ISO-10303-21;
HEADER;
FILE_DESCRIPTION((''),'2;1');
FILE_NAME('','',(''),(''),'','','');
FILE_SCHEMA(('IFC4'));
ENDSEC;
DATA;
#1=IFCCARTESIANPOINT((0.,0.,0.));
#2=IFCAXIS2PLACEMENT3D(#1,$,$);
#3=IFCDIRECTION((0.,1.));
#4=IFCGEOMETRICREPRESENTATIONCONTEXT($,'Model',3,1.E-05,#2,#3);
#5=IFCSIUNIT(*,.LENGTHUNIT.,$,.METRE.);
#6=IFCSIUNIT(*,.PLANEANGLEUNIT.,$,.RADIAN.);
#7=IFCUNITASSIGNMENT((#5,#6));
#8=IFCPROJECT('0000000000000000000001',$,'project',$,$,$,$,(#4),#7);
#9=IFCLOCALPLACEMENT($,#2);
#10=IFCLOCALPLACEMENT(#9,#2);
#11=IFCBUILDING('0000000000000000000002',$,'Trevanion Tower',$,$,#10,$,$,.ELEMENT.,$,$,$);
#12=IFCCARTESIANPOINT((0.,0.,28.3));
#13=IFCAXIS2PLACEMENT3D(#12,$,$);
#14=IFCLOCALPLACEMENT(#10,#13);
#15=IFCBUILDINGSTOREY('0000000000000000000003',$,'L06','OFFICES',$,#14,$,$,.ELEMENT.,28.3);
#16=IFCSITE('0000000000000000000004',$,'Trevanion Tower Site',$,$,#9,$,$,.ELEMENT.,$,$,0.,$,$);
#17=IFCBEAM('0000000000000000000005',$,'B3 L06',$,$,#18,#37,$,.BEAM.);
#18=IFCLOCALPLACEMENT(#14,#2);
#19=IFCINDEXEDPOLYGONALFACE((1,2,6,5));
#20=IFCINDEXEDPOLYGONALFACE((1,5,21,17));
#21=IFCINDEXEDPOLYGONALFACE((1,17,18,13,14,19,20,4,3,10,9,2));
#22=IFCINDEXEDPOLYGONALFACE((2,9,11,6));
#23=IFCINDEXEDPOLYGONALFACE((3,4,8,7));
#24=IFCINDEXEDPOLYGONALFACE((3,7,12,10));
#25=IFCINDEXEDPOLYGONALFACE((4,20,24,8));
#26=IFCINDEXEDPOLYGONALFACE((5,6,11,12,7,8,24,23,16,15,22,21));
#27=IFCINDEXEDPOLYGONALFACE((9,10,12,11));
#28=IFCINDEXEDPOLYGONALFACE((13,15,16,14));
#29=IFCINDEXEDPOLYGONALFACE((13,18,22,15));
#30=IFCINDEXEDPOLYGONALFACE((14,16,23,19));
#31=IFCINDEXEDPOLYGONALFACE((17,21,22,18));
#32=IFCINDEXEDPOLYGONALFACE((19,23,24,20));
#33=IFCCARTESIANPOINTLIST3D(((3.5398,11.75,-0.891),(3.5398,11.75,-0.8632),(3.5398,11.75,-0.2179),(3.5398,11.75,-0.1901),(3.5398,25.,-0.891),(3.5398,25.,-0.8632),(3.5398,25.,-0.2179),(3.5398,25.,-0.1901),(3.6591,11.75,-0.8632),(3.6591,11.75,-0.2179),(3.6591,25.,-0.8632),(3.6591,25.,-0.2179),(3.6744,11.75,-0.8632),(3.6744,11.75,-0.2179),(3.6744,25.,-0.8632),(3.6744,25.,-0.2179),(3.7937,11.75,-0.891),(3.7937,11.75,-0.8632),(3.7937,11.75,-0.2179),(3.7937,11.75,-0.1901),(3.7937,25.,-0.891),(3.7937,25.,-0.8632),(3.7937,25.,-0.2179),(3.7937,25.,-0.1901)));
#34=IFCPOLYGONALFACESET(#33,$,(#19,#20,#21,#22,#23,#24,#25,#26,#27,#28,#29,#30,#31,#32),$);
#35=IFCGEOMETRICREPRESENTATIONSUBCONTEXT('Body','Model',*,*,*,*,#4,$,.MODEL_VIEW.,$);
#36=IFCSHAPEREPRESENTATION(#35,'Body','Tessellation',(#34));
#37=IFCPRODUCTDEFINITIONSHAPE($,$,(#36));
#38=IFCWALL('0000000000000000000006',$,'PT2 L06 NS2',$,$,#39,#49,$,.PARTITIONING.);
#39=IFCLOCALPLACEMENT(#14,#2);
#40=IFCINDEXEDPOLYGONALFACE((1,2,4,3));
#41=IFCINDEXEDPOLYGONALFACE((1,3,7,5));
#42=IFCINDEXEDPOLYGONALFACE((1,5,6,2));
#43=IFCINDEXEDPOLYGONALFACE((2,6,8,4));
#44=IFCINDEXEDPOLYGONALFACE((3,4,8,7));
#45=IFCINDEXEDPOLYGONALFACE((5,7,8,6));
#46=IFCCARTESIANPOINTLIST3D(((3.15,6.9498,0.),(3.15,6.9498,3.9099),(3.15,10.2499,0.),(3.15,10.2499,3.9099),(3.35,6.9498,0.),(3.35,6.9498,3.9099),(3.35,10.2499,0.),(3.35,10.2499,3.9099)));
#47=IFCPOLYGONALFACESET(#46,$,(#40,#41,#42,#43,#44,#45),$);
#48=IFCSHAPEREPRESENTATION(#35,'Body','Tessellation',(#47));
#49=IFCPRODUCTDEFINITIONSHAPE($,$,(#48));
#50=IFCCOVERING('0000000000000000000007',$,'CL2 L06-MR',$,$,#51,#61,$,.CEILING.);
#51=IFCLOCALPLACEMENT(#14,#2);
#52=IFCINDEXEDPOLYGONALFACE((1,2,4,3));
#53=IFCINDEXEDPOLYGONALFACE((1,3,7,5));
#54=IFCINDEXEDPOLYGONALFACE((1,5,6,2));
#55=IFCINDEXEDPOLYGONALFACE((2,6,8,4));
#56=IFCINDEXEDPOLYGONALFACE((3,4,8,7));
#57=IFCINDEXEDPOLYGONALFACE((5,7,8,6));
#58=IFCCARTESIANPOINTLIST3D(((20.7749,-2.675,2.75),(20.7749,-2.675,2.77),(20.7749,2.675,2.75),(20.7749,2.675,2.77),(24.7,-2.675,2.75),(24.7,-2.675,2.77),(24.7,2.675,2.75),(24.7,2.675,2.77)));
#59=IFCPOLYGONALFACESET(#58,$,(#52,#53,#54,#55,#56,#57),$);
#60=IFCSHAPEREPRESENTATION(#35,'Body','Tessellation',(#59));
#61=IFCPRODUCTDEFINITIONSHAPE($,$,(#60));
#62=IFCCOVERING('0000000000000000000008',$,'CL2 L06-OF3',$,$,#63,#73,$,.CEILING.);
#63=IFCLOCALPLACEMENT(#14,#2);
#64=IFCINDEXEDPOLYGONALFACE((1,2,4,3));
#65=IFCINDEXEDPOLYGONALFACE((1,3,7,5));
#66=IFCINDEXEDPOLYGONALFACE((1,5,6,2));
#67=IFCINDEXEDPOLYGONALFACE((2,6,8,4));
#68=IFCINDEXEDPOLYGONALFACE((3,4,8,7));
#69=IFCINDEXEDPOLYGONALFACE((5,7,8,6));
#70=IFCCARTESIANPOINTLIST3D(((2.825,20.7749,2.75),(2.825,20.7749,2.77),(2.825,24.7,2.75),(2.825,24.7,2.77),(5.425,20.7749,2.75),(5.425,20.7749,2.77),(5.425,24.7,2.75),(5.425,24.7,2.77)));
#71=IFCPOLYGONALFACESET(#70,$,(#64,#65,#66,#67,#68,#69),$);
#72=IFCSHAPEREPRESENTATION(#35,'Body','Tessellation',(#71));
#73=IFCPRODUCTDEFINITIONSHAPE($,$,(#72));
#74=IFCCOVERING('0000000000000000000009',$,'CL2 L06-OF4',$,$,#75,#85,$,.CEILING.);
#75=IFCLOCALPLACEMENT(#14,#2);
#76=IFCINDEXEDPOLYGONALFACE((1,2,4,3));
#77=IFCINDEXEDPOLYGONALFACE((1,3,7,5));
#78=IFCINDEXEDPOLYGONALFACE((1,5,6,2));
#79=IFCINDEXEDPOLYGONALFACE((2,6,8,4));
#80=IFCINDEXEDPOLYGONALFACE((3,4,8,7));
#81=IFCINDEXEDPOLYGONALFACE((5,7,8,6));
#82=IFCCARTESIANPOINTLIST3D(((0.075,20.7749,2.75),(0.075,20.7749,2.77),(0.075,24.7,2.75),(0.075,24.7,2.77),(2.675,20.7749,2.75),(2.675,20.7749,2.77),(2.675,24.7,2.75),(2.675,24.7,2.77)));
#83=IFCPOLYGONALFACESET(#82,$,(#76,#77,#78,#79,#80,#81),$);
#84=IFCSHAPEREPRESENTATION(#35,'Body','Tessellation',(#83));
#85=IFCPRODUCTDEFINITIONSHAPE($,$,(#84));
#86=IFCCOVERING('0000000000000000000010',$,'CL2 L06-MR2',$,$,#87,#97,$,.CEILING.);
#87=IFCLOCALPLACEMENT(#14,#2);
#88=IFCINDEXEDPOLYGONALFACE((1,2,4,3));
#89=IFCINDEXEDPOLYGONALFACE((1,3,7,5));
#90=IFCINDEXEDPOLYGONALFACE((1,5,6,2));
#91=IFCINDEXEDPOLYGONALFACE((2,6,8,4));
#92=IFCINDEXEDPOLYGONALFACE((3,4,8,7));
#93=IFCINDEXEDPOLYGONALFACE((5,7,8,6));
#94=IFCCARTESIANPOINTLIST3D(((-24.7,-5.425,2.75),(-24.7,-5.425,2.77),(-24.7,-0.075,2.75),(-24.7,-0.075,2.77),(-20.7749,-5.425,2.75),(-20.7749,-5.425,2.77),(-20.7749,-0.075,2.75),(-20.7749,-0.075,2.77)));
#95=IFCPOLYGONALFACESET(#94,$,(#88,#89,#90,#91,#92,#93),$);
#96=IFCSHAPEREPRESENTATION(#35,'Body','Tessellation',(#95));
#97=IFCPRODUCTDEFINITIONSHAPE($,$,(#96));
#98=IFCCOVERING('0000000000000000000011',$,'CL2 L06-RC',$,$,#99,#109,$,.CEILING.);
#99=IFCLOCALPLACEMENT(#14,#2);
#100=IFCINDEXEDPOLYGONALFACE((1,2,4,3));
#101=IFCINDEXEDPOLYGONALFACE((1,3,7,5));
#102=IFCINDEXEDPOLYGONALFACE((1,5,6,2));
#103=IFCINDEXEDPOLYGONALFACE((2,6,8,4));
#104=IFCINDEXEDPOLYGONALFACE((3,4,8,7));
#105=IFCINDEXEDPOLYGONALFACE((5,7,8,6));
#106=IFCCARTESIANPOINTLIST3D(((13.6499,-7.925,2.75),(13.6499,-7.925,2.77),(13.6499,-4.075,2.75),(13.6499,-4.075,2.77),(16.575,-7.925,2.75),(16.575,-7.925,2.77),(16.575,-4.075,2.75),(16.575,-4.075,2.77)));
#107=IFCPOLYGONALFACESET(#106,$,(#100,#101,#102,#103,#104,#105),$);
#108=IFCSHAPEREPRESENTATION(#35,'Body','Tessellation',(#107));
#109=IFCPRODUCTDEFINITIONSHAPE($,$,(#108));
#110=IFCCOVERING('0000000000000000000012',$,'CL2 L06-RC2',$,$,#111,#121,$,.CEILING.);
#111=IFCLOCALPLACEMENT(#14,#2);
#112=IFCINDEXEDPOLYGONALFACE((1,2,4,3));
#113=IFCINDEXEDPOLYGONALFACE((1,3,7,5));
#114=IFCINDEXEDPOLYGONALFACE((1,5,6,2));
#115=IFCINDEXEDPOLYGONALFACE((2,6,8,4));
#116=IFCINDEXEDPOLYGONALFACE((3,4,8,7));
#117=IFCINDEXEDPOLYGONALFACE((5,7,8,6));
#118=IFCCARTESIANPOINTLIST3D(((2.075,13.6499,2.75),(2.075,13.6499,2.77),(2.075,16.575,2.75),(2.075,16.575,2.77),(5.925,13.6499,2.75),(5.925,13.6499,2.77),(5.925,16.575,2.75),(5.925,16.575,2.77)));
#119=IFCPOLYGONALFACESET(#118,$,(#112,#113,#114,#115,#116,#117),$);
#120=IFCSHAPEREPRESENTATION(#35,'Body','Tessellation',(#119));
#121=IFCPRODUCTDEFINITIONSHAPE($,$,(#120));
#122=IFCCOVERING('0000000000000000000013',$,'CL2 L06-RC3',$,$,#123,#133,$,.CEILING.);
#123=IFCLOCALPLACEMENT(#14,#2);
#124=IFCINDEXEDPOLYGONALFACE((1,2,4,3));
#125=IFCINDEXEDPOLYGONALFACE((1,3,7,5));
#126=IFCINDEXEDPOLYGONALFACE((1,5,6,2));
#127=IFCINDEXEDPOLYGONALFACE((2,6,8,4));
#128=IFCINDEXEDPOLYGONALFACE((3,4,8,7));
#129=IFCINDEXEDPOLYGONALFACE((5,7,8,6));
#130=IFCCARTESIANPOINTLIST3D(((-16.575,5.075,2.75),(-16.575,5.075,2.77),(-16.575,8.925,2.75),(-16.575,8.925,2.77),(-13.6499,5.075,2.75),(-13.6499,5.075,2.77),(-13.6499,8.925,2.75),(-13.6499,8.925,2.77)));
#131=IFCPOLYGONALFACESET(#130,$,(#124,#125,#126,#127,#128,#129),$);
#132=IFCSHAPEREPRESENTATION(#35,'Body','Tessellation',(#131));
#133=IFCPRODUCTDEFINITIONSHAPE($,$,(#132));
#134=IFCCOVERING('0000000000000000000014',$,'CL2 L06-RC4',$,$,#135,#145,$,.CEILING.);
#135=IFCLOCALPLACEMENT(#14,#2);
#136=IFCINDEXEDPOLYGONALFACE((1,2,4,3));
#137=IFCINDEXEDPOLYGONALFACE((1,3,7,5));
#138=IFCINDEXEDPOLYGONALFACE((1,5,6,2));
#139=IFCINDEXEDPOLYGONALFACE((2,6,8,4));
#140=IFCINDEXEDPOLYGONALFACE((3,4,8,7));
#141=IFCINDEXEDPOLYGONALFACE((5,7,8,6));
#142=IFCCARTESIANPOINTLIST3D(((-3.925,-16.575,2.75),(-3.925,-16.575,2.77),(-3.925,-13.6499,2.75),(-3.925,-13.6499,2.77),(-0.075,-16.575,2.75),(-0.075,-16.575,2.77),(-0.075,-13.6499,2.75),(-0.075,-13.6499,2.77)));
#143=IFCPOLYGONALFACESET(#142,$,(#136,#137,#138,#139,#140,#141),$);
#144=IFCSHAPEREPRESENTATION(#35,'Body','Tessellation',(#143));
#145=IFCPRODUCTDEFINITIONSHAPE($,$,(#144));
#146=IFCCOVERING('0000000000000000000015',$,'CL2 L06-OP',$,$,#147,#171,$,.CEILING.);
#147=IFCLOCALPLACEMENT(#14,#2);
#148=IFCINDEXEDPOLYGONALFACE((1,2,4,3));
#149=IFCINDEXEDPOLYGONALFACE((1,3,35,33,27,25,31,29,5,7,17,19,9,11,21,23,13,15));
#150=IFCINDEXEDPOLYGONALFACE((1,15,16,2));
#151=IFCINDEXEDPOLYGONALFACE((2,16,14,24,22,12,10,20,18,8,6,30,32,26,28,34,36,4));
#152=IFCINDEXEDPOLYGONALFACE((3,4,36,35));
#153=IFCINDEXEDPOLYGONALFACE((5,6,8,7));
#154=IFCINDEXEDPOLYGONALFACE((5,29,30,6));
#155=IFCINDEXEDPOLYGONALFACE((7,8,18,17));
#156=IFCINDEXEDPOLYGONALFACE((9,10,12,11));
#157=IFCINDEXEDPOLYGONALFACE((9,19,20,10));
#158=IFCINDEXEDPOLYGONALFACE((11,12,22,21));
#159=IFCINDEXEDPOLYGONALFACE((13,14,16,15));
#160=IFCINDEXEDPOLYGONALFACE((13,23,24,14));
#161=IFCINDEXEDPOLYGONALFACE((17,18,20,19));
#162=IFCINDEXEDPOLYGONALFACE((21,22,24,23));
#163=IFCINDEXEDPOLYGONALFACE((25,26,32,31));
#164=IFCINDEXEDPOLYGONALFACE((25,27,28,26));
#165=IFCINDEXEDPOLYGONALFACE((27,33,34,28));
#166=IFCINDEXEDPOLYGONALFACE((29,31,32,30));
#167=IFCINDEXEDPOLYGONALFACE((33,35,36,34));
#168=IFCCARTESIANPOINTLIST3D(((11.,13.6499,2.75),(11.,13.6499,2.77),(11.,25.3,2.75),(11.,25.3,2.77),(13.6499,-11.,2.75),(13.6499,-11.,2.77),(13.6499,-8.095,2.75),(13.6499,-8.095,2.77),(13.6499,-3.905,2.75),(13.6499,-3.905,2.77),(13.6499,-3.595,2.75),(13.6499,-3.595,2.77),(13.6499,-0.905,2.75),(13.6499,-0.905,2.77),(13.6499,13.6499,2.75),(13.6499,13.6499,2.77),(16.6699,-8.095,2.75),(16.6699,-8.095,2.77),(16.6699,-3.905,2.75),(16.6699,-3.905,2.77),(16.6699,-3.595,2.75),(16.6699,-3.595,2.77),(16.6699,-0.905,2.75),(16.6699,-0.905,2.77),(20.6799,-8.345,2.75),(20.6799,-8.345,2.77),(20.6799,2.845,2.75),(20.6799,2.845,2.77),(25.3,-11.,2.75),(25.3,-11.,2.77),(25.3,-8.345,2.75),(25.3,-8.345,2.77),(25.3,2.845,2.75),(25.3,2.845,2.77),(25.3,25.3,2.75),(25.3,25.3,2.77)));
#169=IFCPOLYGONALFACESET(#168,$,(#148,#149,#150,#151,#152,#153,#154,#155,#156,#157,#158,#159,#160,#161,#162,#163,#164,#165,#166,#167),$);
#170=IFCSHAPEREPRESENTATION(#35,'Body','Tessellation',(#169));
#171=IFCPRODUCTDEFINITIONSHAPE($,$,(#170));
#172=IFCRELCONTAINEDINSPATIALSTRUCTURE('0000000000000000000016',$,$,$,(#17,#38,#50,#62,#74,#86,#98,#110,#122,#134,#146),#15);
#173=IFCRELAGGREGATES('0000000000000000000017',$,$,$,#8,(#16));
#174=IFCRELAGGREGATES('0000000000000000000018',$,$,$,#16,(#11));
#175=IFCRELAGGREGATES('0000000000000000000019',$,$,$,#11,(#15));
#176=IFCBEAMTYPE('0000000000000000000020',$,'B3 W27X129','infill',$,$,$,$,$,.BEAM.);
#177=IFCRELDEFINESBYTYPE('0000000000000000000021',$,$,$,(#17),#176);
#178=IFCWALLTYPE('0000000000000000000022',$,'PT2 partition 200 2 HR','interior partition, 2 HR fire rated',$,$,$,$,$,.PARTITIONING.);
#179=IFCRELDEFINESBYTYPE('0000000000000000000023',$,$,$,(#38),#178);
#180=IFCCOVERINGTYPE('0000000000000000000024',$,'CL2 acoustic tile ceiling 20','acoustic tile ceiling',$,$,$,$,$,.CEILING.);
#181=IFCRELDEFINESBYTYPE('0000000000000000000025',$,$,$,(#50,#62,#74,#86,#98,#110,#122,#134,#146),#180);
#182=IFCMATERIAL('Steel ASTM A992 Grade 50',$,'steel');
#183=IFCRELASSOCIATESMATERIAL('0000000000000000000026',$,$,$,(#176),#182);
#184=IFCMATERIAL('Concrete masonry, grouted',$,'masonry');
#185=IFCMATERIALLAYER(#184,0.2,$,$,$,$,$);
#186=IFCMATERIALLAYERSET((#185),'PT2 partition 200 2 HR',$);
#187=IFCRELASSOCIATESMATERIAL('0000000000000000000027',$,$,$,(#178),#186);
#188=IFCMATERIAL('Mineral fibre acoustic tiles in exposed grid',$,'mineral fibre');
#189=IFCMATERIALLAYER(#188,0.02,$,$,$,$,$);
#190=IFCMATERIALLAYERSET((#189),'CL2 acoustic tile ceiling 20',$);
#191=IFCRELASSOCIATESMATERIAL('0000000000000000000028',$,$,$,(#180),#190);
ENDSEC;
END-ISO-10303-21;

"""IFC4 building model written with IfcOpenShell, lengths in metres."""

from ifc_helpers import new_model, si_unit, direction, frame, frame_2d, origin, origin_2d, place, context, subcontext, project, spatial, polyline, rectangle, i_section, outline, extrude, material, layer, layer_set, material_profile, profile_set, type_object, element, save


model = new_model("IFC4")

# Units and contexts
model_context = context("Model", 3, precision=1e-05, world=origin(), true_north=direction((0.0, 1.0)))
body_context = subcontext(model_context, "Body", "Model", "MODEL_VIEW")
ifc_project = project(units=[si_unit("LENGTHUNIT", "METRE"), si_unit("PLANEANGLEUNIT", "RADIAN")], contexts=[model_context])

# Site, building, storey
site_placement = place(None, origin())
site = spatial("IfcSite", under=ifc_project, at=site_placement, Name="Trevanion Tower Site", CompositionType="ELEMENT", RefElevation=0.0)
building_placement = place(site_placement, origin())
building = spatial("IfcBuilding", under=site, at=building_placement, Name="Trevanion Tower", CompositionType="ELEMENT")
storey_placement = place(building_placement, frame((0.0, 0.0, 28.3)))
storey = spatial("IfcBuildingStorey", under=building, at=storey_placement, Name="L06", Description="OFFICES", CompositionType="ELEMENT", Elevation=28.3)

# Beam
ifc_material_1 = material(Name="Steel ASTM A992 Grade 50", Category="steel")
ifc_material_profile = material_profile(ifc_material_1, i_section(OverallWidth=0.2539, OverallDepth=0.7009, WebThickness=0.0154, FlangeThickness=0.0278, at=origin_2d()), Name="W27X129")
ifc_profile_set = profile_set([ifc_material_profile], Name="Steel ASTM A992 Grade 50")
beam_type = type_object("IfcBeamType", Name="B3 W27X129", Description="infill", PredefinedType="BEAM", material=ifc_profile_set)
beam_placement = place(storey_placement, frame((3.6667, 11.75, -0.5405), z_axis=(0.0, 1.0, 0.0), x_axis=(-1.0, 0.0, 0.0)))
element("IfcBeam", 1, at=beam_placement, inside=storey, type_object=beam_type, Name="B3 L06", PredefinedType="BEAM", context=body_context, shape_type="SweptSolid", body=[
    extrude(i_section(OverallWidth=0.2539, OverallDepth=0.7009, WebThickness=0.0154, FlangeThickness=0.0278, at=origin_2d()), origin(), (0.0, 0.0, 1.0), 13.25),
])

# Wall
ifc_material_2 = material(Name="Concrete masonry, grouted", Category="masonry")
ifc_layer_1 = layer(ifc_material_2, 0.2)
ifc_layer_set_1 = layer_set([ifc_layer_1], Name="PT2 partition 200 2 HR")
wall_type = type_object("IfcWallType", Name="PT2 partition 200 2 HR", Description="interior partition, 2 HR fire rated", PredefinedType="PARTITIONING", material=ifc_layer_set_1)
wall_placement = place(storey_placement, frame((3.25, 6.95, 0.0), z_axis=(0.0, 0.0, 1.0), x_axis=(0.0, 1.0, 0.0)))
element("IfcWall", 2, at=wall_placement, inside=storey, type_object=wall_type, Name="PT2 L06 NS2", PredefinedType="PARTITIONING", context=body_context, shape_type="SweptSolid", body=[
    extrude(rectangle(XDim=3.3, YDim=0.2, at=frame_2d((1.6499, 0.0))), origin(), (0.0, 0.0, 1.0), 3.9099),
])

# Coverings
ifc_material_3 = material(Name="Mineral fibre acoustic tiles in exposed grid", Category="mineral fibre")
ifc_layer_2 = layer(ifc_material_3, 0.02)
ifc_layer_set_2 = layer_set([ifc_layer_2], Name="CL2 acoustic tile ceiling 20")
covering_type_1 = type_object("IfcCoveringType", Name="CL2 acoustic tile ceiling 20", Description="acoustic tile ceiling", PredefinedType="CEILING", material=ifc_layer_set_2)
covering_1_placement = place(storey_placement, frame((0.0, 0.0, 2.75)))
element("IfcCovering", 3, at=covering_1_placement, inside=storey, type_object=covering_type_1, Name="CL2 L06-MR", PredefinedType="CEILING", context=body_context, shape_type="SweptSolid", body=[
    extrude(outline(polyline([(20.7749, -2.675), (20.7749, 2.675), (24.7, 2.675), (24.7, -2.675), (20.7749, -2.675)])), origin(), (0.0, 0.0, 1.0), 0.02),
])
covering_2_placement = place(storey_placement, frame((0.0, 0.0, 2.75)))
element("IfcCovering", 4, at=covering_2_placement, inside=storey, type_object=covering_type_1, Name="CL2 L06-OF3", PredefinedType="CEILING", context=body_context, shape_type="SweptSolid", body=[
    extrude(outline(polyline([(5.425, 20.7749), (2.825, 20.7749), (2.825, 24.7), (5.425, 24.7), (5.425, 20.7749)])), origin(), (0.0, 0.0, 1.0), 0.02),
])
covering_3_placement = place(storey_placement, frame((0.0, 0.0, 2.75)))
element("IfcCovering", 5, at=covering_3_placement, inside=storey, type_object=covering_type_1, Name="CL2 L06-OF4", PredefinedType="CEILING", context=body_context, shape_type="SweptSolid", body=[
    extrude(outline(polyline([(2.675, 20.7749), (0.075, 20.7749), (0.075, 24.7), (2.675, 24.7), (2.675, 20.7749)])), origin(), (0.0, 0.0, 1.0), 0.02),
])
covering_4_placement = place(storey_placement, frame((0.0, 0.0, 2.75)))
element("IfcCovering", 6, at=covering_4_placement, inside=storey, type_object=covering_type_1, Name="CL2 L06-MR2", PredefinedType="CEILING", context=body_context, shape_type="SweptSolid", body=[
    extrude(outline(polyline([(-20.7749, -0.075), (-20.7749, -5.425), (-24.7, -5.425), (-24.7, -0.075), (-20.7749, -0.075)])), origin(), (0.0, 0.0, 1.0), 0.02),
])
covering_5_placement = place(storey_placement, frame((0.0, 0.0, 2.75)))
element("IfcCovering", 7, at=covering_5_placement, inside=storey, type_object=covering_type_1, Name="CL2 L06-RC", PredefinedType="CEILING", context=body_context, shape_type="SweptSolid", body=[
    extrude(outline(polyline([(13.6499, -7.925), (13.6499, -4.075), (16.575, -4.075), (16.575, -7.925), (13.6499, -7.925)])), origin(), (0.0, 0.0, 1.0), 0.02),
])
covering_6_placement = place(storey_placement, frame((0.0, 0.0, 2.75)))
element("IfcCovering", 8, at=covering_6_placement, inside=storey, type_object=covering_type_1, Name="CL2 L06-RC2", PredefinedType="CEILING", context=body_context, shape_type="SweptSolid", body=[
    extrude(outline(polyline([(5.925, 13.6499), (2.075, 13.6499), (2.075, 16.575), (5.925, 16.575), (5.925, 13.6499)])), origin(), (0.0, 0.0, 1.0), 0.02),
])
covering_7_placement = place(storey_placement, frame((0.0, 0.0, 2.75)))
element("IfcCovering", 9, at=covering_7_placement, inside=storey, type_object=covering_type_1, Name="CL2 L06-RC3", PredefinedType="CEILING", context=body_context, shape_type="SweptSolid", body=[
    extrude(outline(polyline([(-13.6499, 8.925), (-13.6499, 5.075), (-16.575, 5.075), (-16.575, 8.925), (-13.6499, 8.925)])), origin(), (0.0, 0.0, 1.0), 0.02),
])
covering_8_placement = place(storey_placement, frame((0.0, 0.0, 2.75)))
element("IfcCovering", 10, at=covering_8_placement, inside=storey, type_object=covering_type_1, Name="CL2 L06-RC4", PredefinedType="CEILING", context=body_context, shape_type="SweptSolid", body=[
    extrude(outline(polyline([(-3.925, -13.6499), (-0.075, -13.6499), (-0.075, -16.575), (-3.925, -16.575), (-3.925, -13.6499)])), origin(), (0.0, 0.0, 1.0), 0.02),
])
covering_9_placement = place(storey_placement, frame((0.0, 0.0, 2.75)))
element("IfcCovering", 11, at=covering_9_placement, inside=storey, type_object=covering_type_1, Name="CL2 L06-OP", PredefinedType="CEILING", context=body_context, shape_type="SweptSolid", body=[
    extrude(outline(polyline([(13.6499, -8.095), (16.6699, -8.095), (16.6699, -3.905), (13.6499, -3.905), (13.6499, -3.595), (16.6699, -3.595), (16.6699, -0.905), (13.6499, -0.905), (13.6499, 13.6499), (11.0, 13.6499), (11.0, 25.3), (25.3, 25.3), (25.3, 2.845), (20.6799, 2.845), (20.6799, -8.345), (25.3, -8.345), (25.3, -11.0), (13.6499, -11.0), (13.6499, -8.095)])), origin(), (0.0, 0.0, 1.0), 0.02),
])

save(model, "model.ifc")
